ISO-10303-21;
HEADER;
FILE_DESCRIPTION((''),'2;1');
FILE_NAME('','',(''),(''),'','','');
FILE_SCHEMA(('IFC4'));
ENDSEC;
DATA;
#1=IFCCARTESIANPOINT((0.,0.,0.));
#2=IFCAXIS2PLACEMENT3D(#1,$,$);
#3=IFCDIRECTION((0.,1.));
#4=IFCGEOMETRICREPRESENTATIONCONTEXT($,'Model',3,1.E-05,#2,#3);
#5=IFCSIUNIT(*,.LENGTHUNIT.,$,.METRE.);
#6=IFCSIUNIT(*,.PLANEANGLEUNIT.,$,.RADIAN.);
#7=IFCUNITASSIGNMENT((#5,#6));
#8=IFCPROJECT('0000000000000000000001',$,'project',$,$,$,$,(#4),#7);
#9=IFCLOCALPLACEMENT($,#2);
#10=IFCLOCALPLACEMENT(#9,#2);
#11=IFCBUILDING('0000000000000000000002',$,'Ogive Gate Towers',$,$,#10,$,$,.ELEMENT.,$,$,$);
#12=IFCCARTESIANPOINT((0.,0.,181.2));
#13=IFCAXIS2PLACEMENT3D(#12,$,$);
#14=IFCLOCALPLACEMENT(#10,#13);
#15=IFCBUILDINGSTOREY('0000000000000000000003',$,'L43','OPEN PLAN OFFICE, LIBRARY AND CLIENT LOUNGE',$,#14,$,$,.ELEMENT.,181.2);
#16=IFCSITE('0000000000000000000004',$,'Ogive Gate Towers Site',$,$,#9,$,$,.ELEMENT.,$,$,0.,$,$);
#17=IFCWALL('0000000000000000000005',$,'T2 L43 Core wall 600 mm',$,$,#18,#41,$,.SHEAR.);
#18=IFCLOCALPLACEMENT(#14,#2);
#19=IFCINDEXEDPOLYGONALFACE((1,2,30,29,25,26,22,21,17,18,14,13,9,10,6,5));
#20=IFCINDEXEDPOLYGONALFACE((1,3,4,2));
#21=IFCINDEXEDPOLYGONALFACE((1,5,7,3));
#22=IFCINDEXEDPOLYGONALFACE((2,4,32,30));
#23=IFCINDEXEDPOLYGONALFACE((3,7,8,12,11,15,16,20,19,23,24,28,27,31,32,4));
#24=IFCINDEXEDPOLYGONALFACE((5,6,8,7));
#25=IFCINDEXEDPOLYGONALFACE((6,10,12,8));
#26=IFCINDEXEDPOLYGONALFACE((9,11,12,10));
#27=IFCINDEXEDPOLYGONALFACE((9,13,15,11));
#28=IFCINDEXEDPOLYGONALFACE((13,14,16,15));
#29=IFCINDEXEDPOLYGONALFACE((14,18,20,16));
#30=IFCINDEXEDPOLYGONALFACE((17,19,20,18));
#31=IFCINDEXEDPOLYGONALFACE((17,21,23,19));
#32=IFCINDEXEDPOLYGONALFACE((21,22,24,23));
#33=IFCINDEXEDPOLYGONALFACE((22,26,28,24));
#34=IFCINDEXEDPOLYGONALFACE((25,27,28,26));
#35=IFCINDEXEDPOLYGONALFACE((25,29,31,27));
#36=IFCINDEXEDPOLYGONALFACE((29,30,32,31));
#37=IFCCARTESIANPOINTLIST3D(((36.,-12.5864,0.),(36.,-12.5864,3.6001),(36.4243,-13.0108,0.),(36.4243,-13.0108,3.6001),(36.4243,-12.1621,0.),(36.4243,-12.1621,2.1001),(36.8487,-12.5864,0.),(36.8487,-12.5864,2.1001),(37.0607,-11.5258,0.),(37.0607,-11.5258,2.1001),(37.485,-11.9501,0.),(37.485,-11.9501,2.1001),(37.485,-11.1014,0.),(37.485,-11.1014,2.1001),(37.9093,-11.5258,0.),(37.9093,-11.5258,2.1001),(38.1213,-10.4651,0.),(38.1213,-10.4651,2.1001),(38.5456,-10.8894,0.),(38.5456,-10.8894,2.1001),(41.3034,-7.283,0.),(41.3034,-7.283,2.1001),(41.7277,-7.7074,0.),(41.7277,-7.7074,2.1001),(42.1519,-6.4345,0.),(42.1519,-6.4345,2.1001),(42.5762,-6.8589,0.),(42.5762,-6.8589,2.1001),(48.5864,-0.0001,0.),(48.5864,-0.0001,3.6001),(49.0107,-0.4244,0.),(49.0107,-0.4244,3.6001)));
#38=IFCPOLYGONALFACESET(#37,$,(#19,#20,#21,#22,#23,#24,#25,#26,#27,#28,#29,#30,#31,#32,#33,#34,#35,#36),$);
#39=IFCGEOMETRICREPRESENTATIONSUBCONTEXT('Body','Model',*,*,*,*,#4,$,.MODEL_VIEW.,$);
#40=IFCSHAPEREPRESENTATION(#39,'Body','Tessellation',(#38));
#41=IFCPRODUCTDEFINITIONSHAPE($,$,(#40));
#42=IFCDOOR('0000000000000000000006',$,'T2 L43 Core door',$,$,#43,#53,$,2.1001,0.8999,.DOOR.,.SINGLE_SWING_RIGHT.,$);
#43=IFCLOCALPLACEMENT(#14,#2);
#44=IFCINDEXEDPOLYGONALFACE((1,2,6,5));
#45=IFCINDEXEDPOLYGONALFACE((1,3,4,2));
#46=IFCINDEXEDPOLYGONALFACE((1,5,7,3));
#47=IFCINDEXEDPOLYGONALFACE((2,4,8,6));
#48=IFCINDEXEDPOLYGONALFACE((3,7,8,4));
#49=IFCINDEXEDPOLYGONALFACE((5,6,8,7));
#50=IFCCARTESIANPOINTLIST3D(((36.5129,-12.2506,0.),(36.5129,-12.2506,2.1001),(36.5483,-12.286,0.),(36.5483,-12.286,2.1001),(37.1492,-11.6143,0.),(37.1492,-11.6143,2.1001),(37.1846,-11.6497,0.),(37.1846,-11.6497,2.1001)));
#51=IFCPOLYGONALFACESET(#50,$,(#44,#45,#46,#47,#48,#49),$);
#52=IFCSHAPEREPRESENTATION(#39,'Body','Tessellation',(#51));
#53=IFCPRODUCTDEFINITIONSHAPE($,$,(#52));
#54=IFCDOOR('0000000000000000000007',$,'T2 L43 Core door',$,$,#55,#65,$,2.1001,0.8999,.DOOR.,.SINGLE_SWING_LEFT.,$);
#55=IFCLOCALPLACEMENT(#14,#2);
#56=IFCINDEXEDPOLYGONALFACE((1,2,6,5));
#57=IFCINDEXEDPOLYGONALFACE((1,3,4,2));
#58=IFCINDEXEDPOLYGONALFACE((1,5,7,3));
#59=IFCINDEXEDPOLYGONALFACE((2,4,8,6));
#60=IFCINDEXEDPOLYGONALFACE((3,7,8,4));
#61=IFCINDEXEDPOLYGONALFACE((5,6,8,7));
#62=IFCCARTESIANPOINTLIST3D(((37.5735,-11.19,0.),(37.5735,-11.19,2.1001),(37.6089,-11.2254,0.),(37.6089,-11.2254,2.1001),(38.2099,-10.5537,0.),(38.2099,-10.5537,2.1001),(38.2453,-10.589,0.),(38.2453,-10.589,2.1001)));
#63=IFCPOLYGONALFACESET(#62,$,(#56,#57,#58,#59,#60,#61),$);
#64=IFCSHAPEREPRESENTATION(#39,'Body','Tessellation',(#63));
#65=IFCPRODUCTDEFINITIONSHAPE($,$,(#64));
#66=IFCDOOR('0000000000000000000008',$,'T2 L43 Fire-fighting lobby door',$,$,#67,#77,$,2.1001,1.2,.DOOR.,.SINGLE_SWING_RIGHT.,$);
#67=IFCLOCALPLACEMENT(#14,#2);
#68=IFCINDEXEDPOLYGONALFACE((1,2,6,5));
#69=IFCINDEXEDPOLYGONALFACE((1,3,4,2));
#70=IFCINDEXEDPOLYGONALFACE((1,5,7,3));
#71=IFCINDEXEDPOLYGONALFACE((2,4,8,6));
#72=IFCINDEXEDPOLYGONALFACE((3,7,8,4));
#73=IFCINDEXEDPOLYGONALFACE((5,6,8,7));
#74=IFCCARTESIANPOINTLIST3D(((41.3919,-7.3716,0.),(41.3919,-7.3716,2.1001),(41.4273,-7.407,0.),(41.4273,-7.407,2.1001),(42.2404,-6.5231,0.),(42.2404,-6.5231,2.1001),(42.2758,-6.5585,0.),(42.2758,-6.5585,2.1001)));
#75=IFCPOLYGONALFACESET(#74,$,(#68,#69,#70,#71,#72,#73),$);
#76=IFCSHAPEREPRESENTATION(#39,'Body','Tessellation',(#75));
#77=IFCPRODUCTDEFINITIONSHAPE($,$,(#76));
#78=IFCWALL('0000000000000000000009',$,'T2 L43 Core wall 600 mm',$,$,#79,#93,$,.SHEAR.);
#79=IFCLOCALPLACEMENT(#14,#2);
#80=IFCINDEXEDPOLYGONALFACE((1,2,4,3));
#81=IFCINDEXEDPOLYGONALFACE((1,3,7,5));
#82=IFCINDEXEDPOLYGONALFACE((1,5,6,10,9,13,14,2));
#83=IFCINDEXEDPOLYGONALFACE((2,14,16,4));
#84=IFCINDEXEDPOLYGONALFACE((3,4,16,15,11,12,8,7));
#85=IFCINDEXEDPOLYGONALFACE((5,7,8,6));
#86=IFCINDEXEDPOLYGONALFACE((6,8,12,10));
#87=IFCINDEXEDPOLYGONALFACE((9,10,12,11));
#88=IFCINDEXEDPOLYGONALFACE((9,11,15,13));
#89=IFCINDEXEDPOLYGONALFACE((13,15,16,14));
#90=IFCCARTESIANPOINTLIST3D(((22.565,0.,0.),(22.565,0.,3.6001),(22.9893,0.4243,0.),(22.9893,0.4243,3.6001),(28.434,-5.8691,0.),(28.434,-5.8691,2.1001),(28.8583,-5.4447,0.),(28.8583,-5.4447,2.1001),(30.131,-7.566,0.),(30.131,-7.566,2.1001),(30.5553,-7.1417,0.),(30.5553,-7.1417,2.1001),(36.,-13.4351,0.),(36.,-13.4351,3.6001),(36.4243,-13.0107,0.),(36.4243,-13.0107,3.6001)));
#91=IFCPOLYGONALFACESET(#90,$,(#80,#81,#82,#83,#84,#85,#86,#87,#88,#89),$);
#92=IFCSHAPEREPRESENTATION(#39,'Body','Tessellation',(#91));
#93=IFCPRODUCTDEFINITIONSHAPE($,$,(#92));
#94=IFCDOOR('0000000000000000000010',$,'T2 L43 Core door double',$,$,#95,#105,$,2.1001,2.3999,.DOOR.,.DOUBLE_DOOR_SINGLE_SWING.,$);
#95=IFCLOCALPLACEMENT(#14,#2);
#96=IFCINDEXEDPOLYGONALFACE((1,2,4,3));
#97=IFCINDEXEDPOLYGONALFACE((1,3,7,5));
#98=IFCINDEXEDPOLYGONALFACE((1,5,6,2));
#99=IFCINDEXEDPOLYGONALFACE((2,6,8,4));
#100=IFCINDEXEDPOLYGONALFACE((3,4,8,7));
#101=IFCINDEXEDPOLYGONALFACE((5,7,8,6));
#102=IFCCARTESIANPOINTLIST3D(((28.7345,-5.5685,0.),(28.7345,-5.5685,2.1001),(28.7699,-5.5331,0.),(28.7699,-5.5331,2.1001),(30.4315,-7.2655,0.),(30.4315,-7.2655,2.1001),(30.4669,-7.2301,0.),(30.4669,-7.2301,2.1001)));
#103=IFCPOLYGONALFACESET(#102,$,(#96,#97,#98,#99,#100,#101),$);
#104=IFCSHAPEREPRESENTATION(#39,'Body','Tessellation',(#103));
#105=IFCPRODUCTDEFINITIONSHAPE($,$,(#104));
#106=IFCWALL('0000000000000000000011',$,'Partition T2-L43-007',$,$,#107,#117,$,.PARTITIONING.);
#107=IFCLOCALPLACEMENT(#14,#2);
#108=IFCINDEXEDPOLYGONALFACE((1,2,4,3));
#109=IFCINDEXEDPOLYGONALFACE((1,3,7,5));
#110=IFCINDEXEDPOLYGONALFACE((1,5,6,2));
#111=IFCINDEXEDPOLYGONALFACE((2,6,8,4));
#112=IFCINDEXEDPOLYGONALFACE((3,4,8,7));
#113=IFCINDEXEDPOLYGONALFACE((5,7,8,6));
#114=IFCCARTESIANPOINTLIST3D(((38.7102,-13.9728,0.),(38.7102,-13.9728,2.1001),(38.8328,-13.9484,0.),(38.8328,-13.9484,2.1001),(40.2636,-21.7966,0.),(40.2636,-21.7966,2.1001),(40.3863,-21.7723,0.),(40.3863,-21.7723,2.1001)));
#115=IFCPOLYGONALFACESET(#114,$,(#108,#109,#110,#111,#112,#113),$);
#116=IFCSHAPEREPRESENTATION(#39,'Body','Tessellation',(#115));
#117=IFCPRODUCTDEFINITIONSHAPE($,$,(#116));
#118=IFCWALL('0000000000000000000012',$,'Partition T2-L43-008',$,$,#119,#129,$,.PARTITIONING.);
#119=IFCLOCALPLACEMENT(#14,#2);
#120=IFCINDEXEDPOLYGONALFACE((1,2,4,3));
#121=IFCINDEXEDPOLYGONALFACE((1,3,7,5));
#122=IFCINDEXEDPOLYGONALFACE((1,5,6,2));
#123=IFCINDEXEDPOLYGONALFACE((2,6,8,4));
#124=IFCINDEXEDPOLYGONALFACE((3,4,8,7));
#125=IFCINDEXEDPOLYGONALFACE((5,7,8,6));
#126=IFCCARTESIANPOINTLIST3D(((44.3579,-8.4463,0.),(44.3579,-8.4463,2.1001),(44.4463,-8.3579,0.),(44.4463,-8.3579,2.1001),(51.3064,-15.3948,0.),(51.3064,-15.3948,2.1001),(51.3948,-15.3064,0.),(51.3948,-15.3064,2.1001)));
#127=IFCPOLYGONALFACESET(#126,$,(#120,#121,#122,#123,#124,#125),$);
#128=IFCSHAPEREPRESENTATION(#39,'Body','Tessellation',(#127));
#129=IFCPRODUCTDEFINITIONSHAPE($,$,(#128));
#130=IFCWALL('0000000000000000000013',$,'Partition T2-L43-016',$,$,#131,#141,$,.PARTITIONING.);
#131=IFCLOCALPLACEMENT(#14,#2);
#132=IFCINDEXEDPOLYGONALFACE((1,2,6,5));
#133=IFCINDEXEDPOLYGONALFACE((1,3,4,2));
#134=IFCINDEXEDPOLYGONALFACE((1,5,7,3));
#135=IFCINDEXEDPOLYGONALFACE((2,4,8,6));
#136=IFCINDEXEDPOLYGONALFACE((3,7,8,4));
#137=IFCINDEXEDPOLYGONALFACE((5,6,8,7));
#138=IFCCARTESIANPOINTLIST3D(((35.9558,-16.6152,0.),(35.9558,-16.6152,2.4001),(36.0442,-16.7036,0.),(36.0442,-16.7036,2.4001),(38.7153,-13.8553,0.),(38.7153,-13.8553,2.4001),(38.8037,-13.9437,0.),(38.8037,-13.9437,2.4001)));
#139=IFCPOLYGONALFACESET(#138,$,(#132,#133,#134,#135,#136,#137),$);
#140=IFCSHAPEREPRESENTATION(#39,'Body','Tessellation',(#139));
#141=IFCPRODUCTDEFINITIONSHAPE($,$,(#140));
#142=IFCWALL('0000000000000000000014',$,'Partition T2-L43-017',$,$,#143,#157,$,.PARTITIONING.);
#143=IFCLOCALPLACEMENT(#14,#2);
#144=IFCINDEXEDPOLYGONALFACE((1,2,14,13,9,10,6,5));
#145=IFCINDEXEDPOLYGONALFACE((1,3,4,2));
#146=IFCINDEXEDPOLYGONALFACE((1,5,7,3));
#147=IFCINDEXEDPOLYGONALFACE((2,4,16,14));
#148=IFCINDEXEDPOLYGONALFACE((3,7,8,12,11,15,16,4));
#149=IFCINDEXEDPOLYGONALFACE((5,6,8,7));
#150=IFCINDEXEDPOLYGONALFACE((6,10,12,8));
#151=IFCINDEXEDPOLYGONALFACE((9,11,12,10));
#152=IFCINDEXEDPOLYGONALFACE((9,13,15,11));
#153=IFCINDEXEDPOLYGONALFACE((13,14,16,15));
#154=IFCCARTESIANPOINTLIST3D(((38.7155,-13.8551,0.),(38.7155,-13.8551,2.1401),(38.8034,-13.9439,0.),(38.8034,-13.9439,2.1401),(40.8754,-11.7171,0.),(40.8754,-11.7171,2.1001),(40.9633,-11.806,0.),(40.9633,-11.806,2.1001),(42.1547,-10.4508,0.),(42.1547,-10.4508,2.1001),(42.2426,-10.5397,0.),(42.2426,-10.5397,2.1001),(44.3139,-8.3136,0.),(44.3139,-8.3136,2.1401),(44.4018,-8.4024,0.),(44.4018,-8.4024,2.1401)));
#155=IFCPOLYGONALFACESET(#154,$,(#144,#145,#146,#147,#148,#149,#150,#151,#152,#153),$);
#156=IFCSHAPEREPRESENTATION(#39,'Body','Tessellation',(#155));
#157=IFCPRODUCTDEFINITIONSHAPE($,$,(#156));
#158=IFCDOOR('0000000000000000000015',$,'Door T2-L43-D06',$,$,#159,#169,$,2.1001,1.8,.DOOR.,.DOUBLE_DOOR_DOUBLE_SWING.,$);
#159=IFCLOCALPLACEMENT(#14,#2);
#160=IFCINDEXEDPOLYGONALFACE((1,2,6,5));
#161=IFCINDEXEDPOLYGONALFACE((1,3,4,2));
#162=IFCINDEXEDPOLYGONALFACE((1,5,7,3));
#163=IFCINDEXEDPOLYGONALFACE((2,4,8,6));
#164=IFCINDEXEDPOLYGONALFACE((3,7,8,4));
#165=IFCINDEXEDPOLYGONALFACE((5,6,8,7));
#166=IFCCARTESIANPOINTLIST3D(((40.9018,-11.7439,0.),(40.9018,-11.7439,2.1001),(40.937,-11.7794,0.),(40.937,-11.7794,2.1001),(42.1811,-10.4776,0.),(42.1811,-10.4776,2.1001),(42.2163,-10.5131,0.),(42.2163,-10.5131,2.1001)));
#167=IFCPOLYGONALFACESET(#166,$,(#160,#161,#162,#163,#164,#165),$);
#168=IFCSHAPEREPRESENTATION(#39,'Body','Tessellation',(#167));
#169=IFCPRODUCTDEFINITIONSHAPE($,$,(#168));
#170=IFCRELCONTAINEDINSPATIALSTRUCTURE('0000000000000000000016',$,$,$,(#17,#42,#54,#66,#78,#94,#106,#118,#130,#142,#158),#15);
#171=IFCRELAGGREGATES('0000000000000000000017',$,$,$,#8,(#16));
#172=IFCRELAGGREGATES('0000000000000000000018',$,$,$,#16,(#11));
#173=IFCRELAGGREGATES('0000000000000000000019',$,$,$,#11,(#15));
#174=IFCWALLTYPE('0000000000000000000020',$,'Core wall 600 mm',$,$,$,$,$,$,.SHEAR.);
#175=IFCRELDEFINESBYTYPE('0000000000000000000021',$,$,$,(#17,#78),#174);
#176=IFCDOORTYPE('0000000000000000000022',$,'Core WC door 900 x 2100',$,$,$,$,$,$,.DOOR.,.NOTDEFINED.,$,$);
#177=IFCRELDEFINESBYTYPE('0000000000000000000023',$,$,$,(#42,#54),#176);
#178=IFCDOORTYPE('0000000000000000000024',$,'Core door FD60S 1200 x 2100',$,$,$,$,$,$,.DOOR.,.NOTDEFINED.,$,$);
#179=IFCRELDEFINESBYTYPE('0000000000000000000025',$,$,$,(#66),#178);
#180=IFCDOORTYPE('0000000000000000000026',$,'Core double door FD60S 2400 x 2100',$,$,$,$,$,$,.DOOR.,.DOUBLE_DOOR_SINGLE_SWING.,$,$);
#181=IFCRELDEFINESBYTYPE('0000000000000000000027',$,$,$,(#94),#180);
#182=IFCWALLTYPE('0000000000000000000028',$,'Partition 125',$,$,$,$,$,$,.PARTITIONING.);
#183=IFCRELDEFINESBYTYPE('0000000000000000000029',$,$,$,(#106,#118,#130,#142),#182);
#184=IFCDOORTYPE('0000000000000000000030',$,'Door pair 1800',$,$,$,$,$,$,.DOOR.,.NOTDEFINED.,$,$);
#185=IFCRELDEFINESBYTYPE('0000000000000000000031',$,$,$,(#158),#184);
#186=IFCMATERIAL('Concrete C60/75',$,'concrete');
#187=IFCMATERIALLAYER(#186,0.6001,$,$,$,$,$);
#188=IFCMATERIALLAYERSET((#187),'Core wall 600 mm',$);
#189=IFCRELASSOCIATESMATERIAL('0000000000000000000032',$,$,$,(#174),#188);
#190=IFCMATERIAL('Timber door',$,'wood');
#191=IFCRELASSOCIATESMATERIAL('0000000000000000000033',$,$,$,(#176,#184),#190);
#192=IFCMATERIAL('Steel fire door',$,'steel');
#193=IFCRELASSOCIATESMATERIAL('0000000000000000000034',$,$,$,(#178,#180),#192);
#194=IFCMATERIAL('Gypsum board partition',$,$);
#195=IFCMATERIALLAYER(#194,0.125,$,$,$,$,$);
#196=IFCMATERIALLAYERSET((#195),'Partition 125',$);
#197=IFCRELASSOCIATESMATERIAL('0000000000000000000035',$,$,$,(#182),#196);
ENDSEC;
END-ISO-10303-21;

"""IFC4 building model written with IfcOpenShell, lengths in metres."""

from ifc_helpers import new_model, si_unit, direction, frame, frame_2d, origin, place, context, subcontext, project, spatial, rectangle, extrude, material, layer, layer_set, type_object, element, fill, save


model = new_model("IFC4")

# Units and contexts
model_context = context("Model", 3, precision=1e-05, world=origin(), true_north=direction((0.0, 1.0)))
body_context = subcontext(model_context, "Body", "Model", "MODEL_VIEW")
ifc_project = project(units=[si_unit("LENGTHUNIT", "METRE"), si_unit("PLANEANGLEUNIT", "RADIAN")], contexts=[model_context])

# Site, building, storey
site_placement = place(None, origin())
site = spatial("IfcSite", under=ifc_project, at=site_placement, Name="Ogive Gate Towers Site", CompositionType="ELEMENT", RefElevation=0.0)
building_placement = place(site_placement, origin())
building = spatial("IfcBuilding", under=site, at=building_placement, Name="Ogive Gate Towers", CompositionType="ELEMENT")
storey_placement = place(building_placement, frame((0.0, 0.0, 181.2)))
storey = spatial("IfcBuildingStorey", under=building, at=storey_placement, Name="L43", Description="OPEN PLAN OFFICE, LIBRARY AND CLIENT LOUNGE", CompositionType="ELEMENT", Elevation=181.2)

# Wall, openings, doors
ifc_material_1 = material(Name="Concrete C60/75", Category="concrete")
ifc_layer_1 = layer(ifc_material_1, 0.6001)
ifc_layer_set_1 = layer_set([ifc_layer_1], Name="Core wall 600 mm")
wall_type_1 = type_object("IfcWallType", Name="Core wall 600 mm", PredefinedType="SHEAR", material=ifc_layer_set_1)
wall_1_placement = place(storey_placement, frame((36.2122, -12.7986, 0.0), z_axis=(0.0, 0.0, 1.0), x_axis=(0.707107, 0.707107, 0.0)))
wall_1 = element("IfcWall", 1, at=wall_1_placement, inside=storey, type_object=wall_type_1, Name="T2 L43 Core wall 600 mm", PredefinedType="SHEAR", context=body_context, shape_type="SweptSolid", body=[
    extrude(rectangle(XDim=17.7998, YDim=0.6001, at=frame_2d((8.8999, 0.0))), origin(), (0.0, 0.0, 1.0), 3.6001),
])
opening_1_placement = place(wall_1_placement, frame((7.5, 0.0, 0.0)))
opening_1 = element("IfcOpeningElement", 2, at=opening_1_placement, cuts=wall_1, PredefinedType="OPENING", context=body_context, shape_type="SweptSolid", body=[
    extrude(rectangle(XDim=1.2, YDim=2.1001, at=frame_2d((0.6001, 1.05))), frame((0.0, 0.3101, 0.0), z_axis=(0.0, -1.0, 0.0), x_axis=(1.0, 0.0, 0.0)), (0.0, 0.0, 1.0), 0.6201),
])
opening_2_placement = place(wall_1_placement, frame((0.6001, 0.0, 0.0)))
opening_2 = element("IfcOpeningElement", 3, at=opening_2_placement, cuts=wall_1, PredefinedType="OPENING", context=body_context, shape_type="SweptSolid", body=[
    extrude(rectangle(XDim=0.8999, YDim=2.1001, at=frame_2d((0.45, 1.05))), frame((0.0, 0.3101, 0.0), z_axis=(0.0, -1.0, 0.0), x_axis=(1.0, 0.0, 0.0)), (0.0, 0.0, 1.0), 0.6201),
])
opening_3_placement = place(wall_1_placement, frame((2.1001, 0.0, 0.0)))
opening_3 = element("IfcOpeningElement", 4, at=opening_3_placement, cuts=wall_1, PredefinedType="OPENING", context=body_context, shape_type="SweptSolid", body=[
    extrude(rectangle(XDim=0.8999, YDim=2.1001, at=frame_2d((0.45, 1.05))), frame((0.0, 0.3101, 0.0), z_axis=(0.0, -1.0, 0.0), x_axis=(1.0, 0.0, 0.0)), (0.0, 0.0, 1.0), 0.6201),
])
ifc_material_2 = material(Name="Timber door", Category="wood")
door_type_1 = type_object("IfcDoorType", Name="Core WC door 900 x 2100", OperationType="NOTDEFINED", PredefinedType="DOOR", material=ifc_material_2)
door_1_placement = place(opening_2_placement, origin())
door_1 = element("IfcDoor", 5, at=door_1_placement, inside=storey, type_object=door_type_1, Name="T2 L43 Core door", OperationType="SINGLE_SWING_RIGHT", OverallHeight=2.1001, OverallWidth=0.8999, PredefinedType="DOOR", context=body_context, shape_type="SweptSolid", body=[
    extrude(rectangle(XDim=0.8999, YDim=2.1001, at=frame_2d((0.45, 1.05))), frame((0.0, 0.1748, 0.0), z_axis=(0.0, -1.0, 0.0), x_axis=(1.0, 0.0, 0.0)), (0.0, 0.0, 1.0), 0.05),
])
fill(opening_2, door_1)
door_2_placement = place(opening_3_placement, origin())
door_2 = element("IfcDoor", 6, at=door_2_placement, inside=storey, type_object=door_type_1, Name="T2 L43 Core door", OperationType="SINGLE_SWING_LEFT", OverallHeight=2.1001, OverallWidth=0.8999, PredefinedType="DOOR", context=body_context, shape_type="SweptSolid", body=[
    extrude(rectangle(XDim=0.8999, YDim=2.1001, at=frame_2d((0.45, 1.05))), frame((0.0, 0.1748, 0.0), z_axis=(0.0, -1.0, 0.0), x_axis=(1.0, 0.0, 0.0)), (0.0, 0.0, 1.0), 0.05),
])
fill(opening_3, door_2)
ifc_material_3 = material(Name="Steel fire door", Category="steel")
door_type_2 = type_object("IfcDoorType", Name="Core door FD60S 1200 x 2100", OperationType="NOTDEFINED", PredefinedType="DOOR", material=ifc_material_3)
door_3_placement = place(opening_1_placement, origin())
door_3 = element("IfcDoor", 7, at=door_3_placement, inside=storey, type_object=door_type_2, Name="T2 L43 Fire-fighting lobby door", OperationType="SINGLE_SWING_RIGHT", OverallHeight=2.1001, OverallWidth=1.2, PredefinedType="DOOR", context=body_context, shape_type="SweptSolid", body=[
    extrude(rectangle(XDim=1.2, YDim=2.1001, at=frame_2d((0.6001, 1.05))), frame((0.0, 0.1748, 0.0), z_axis=(0.0, -1.0, 0.0), x_axis=(1.0, 0.0, 0.0)), (0.0, 0.0, 1.0), 0.05),
])
fill(opening_1, door_3)

# Wall, opening, door
wall_2_placement = place(storey_placement, frame((36.2122, -13.2229, 0.0), z_axis=(0.0, 0.0, 1.0), x_axis=(-0.707107, 0.707107, 0.0)))
wall_2 = element("IfcWall", 8, at=wall_2_placement, inside=storey, type_object=wall_type_1, Name="T2 L43 Core wall 600 mm", PredefinedType="SHEAR", context=body_context, shape_type="SweptSolid", body=[
    extrude(rectangle(XDim=19.0, YDim=0.6001, at=frame_2d((9.5, 0.0))), origin(), (0.0, 0.0, 1.0), 3.6001),
])
opening_4_placement = place(wall_2_placement, frame((8.3, 0.0, 0.0)))
opening_4 = element("IfcOpeningElement", 9, at=opening_4_placement, cuts=wall_2, PredefinedType="OPENING", context=body_context, shape_type="SweptSolid", body=[
    extrude(rectangle(XDim=2.3999, YDim=2.1001, at=frame_2d((1.2, 1.05))), frame((0.0, 0.3101, 0.0), z_axis=(0.0, -1.0, 0.0), x_axis=(1.0, 0.0, 0.0)), (0.0, 0.0, 1.0), 0.6201),
])
door_type_3 = type_object("IfcDoorType", Name="Core double door FD60S 2400 x 2100", OperationType="DOUBLE_DOOR_SINGLE_SWING", PredefinedType="DOOR", material=ifc_material_3)
door_4_placement = place(opening_4_placement, origin())
door_4 = element("IfcDoor", 10, at=door_4_placement, inside=storey, type_object=door_type_3, Name="T2 L43 Core door double", OperationType="DOUBLE_DOOR_SINGLE_SWING", OverallHeight=2.1001, OverallWidth=2.3999, PredefinedType="DOOR", context=body_context, shape_type="SweptSolid", body=[
    extrude(rectangle(XDim=2.3999, YDim=2.1001, at=frame_2d((1.2, 1.05))), frame((0.0, -0.125, 0.0), z_axis=(0.0, -1.0, 0.0), x_axis=(1.0, 0.0, 0.0)), (0.0, 0.0, 1.0), 0.05),
])
fill(opening_4, door_4)

# Walls
ifc_material_4 = material(Name="Gypsum board partition")
ifc_layer_2 = layer(ifc_material_4, 0.125)
ifc_layer_set_2 = layer_set([ifc_layer_2], Name="Partition 125")
wall_type_2 = type_object("IfcWallType", Name="Partition 125", PredefinedType="PARTITIONING", material=ifc_layer_set_2)
wall_3_placement = place(storey_placement, frame((40.325, -21.7844, 0.0), z_axis=(0.0, 0.0, 1.0), x_axis=(-0.194756, 0.980852, 0.0)))
element("IfcWall", 11, at=wall_3_placement, inside=storey, type_object=wall_type_2, Name="Partition T2-L43-007", PredefinedType="PARTITIONING", context=body_context, shape_type="SweptSolid", body=[
    extrude(rectangle(XDim=7.9766, YDim=0.125, at=frame_2d((3.9883, 0.0))), origin(), (0.0, 0.0, 1.0), 2.1001),
])
wall_4_placement = place(storey_placement, frame((51.3506, -15.3506, 0.0), z_axis=(0.0, 0.0, 1.0), x_axis=(-0.707107, 0.707107, 0.0)))
element("IfcWall", 12, at=wall_4_placement, inside=storey, type_object=wall_type_2, Name="Partition T2-L43-008", PredefinedType="PARTITIONING", context=body_context, shape_type="SweptSolid", body=[
    extrude(rectangle(XDim=9.8267, YDim=0.125, at=frame_2d((4.9133, 0.0))), origin(), (0.0, 0.0, 1.0), 2.1001),
])
wall_5_placement = place(storey_placement, frame((36.0, -16.6594, 0.0), z_axis=(0.0, 0.0, 1.0), x_axis=(0.707044, 0.707169, 0.0)))
element("IfcWall", 13, at=wall_5_placement, inside=storey, type_object=wall_type_2, Name="Partition T2-L43-016", PredefinedType="PARTITIONING", context=body_context, shape_type="SweptSolid", body=[
    extrude(rectangle(XDim=3.9028, YDim=0.125, at=frame_2d((1.9514, 0.0))), origin(), (0.0, 0.0, 1.0), 2.4001),
])

# Wall, opening, door
wall_6_placement = place(storey_placement, frame((38.7595, -13.8994, 0.0), z_axis=(0.0, 0.0, 1.0), x_axis=(0.710708, 0.703487, 0.0)))
wall_6 = element("IfcWall", 14, at=wall_6_placement, inside=storey, type_object=wall_type_2, Name="Partition T2-L43-017", PredefinedType="PARTITIONING", context=body_context, shape_type="SweptSolid", body=[
    extrude(rectangle(XDim=7.8772, YDim=0.125, at=frame_2d((3.9385, 0.0))), origin(), (0.0, 0.0, 1.0), 2.1401),
])
opening_5_placement = place(wall_6_placement, frame((3.0391, 0.0, 0.0)))
opening_5 = element("IfcOpeningElement", 15, at=opening_5_placement, cuts=wall_6, PredefinedType="OPENING", context=body_context, shape_type="SweptSolid", body=[
    extrude(rectangle(XDim=1.8, YDim=2.1001, at=frame_2d((0.8999, 1.05))), frame((0.0, 0.0725, 0.0), z_axis=(0.0, -1.0, 0.0), x_axis=(1.0, 0.0, 0.0)), (0.0, 0.0, 1.0), 0.145),
])
door_type_4 = type_object("IfcDoorType", Name="Door pair 1800", OperationType="NOTDEFINED", PredefinedType="DOOR", material=ifc_material_2)
door_5_placement = place(opening_5_placement, origin())
door_5 = element("IfcDoor", 16, at=door_5_placement, inside=storey, type_object=door_type_4, Name="Door T2-L43-D06", OperationType="DOUBLE_DOOR_DOUBLE_SWING", OverallHeight=2.1001, OverallWidth=1.8, PredefinedType="DOOR", context=body_context, shape_type="SweptSolid", body=[
    extrude(rectangle(XDim=1.8, YDim=2.1001, at=frame_2d((0.8999, 1.05))), frame((0.0, 0.0249, 0.0), z_axis=(0.0, -1.0, 0.0), x_axis=(1.0, 0.0, 0.0)), (0.0, 0.0, 1.0), 0.05),
])
fill(opening_5, door_5)

save(model, "model.ifc")
